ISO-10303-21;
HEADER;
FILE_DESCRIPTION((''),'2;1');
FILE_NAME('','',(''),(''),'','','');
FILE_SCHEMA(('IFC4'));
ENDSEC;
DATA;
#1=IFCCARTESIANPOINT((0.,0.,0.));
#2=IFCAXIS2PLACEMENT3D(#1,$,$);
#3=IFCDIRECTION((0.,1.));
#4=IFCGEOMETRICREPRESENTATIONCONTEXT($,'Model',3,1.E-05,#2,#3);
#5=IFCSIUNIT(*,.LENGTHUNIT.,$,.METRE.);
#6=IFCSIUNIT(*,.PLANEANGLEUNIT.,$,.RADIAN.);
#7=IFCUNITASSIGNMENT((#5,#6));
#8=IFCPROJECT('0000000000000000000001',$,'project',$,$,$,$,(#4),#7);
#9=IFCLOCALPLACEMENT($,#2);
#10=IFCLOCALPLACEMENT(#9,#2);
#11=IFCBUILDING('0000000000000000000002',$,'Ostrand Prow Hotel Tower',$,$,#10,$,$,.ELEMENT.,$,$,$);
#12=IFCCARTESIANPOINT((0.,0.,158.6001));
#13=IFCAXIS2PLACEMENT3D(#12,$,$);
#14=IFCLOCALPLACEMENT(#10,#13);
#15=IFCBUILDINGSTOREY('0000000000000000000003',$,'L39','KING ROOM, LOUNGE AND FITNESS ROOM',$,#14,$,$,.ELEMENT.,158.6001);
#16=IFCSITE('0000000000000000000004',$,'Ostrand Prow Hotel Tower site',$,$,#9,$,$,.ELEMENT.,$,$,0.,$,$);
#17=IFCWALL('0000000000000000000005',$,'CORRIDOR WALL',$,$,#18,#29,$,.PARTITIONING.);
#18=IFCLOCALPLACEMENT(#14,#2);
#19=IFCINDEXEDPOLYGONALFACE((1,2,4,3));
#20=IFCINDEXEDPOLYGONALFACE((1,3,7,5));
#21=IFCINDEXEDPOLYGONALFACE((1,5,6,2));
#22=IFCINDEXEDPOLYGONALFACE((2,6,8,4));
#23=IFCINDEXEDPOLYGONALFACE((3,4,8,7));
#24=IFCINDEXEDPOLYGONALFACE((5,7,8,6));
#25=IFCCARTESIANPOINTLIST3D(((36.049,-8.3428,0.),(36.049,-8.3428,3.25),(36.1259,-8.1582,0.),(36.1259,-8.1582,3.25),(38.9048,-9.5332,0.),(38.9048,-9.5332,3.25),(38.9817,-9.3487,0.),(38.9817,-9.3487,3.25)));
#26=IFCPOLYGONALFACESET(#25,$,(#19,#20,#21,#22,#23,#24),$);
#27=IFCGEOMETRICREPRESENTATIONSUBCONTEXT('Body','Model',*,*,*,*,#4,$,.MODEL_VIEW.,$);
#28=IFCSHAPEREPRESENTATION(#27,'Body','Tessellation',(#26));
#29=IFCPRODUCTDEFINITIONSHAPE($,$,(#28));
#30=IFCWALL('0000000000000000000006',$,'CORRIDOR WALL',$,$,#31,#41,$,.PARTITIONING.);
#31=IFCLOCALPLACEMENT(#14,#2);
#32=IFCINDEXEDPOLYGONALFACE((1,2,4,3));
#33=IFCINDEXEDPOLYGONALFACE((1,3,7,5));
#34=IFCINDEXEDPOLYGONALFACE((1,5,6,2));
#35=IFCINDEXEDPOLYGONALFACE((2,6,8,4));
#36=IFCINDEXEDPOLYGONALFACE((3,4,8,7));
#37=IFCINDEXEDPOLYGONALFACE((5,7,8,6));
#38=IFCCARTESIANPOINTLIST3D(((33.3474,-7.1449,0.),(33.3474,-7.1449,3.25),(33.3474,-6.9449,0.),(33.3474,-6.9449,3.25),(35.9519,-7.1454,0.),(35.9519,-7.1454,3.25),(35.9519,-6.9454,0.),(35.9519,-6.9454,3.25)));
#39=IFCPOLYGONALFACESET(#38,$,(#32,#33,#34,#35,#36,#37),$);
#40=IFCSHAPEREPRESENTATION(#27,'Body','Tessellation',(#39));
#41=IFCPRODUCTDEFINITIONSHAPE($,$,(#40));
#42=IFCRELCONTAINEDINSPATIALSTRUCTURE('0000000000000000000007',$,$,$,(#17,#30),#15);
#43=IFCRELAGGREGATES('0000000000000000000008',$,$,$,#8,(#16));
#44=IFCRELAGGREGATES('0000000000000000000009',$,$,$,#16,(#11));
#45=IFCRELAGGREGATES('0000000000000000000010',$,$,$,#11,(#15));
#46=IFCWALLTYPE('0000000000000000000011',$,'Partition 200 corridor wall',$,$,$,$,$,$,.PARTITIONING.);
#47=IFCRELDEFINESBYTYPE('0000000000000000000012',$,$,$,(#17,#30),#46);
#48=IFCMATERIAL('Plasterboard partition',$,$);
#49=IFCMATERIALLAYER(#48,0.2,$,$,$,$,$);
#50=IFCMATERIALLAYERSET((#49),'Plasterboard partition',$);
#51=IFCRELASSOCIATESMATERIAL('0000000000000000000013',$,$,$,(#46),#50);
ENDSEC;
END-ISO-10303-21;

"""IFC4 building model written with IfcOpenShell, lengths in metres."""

from ifc_helpers import new_model, si_unit, direction, frame, frame_2d, origin, place, context, subcontext, project, spatial, rectangle, extrude, material, layer, layer_set, type_object, element, save


model = new_model("IFC4")

# Units and contexts
model_context = context("Model", 3, precision=1e-05, world=origin(), true_north=direction((0.0, 1.0)))
body_context = subcontext(model_context, "Body", "Model", "MODEL_VIEW")
ifc_project = project(units=[si_unit("LENGTHUNIT", "METRE"), si_unit("PLANEANGLEUNIT", "RADIAN")], contexts=[model_context])

# Site, building, storey
site_placement = place(None, origin())
site = spatial("IfcSite", under=ifc_project, at=site_placement, Name="Ostrand Prow Hotel Tower site", CompositionType="ELEMENT", RefElevation=0.0)
building_placement = place(site_placement, origin())
building = spatial("IfcBuilding", under=site, at=building_placement, Name="Ostrand Prow Hotel Tower", CompositionType="ELEMENT")
storey_placement = place(building_placement, frame((0.0, 0.0, 158.6001)))
storey = spatial("IfcBuildingStorey", under=building, at=storey_placement, Name="L39", Description="KING ROOM, LOUNGE AND FITNESS ROOM", CompositionType="ELEMENT", Elevation=158.6001)

# Shared definitions
ifc_material_1 = material(Name="Plasterboard partition")
ifc_layer_1 = layer(ifc_material_1, 0.2)
ifc_layer_set_1 = layer_set([ifc_layer_1], Name="Plasterboard partition")
wall_type_1 = type_object("IfcWallType", Name="Partition 200 corridor wall", PredefinedType="PARTITIONING", material=ifc_layer_set_1)

# Walls
wall_1_placement = place(storey_placement, frame((38.9431, -9.4409, 0.0), z_axis=(0.0, 0.0, 1.0), x_axis=(-0.923014, 0.384767, 0.0)))
element("IfcWall", 1, at=wall_1_placement, inside=storey, type_object=wall_type_1, Name="CORRIDOR WALL", PredefinedType="PARTITIONING", context=body_context, shape_type="SweptSolid", body=[
    extrude(rectangle(XDim=3.094, YDim=0.2, at=frame_2d((1.5469, 0.0))), origin(), (0.0, 0.0, 1.0), 3.25),
])
wall_2_placement = place(storey_placement, frame((35.9519, -7.0454, 0.0), z_axis=(0.0, 0.0, 1.0), x_axis=(-1.0, 0.000187, 0.0)))
element("IfcWall", 2, at=wall_2_placement, inside=storey, type_object=wall_type_1, Name="CORRIDOR WALL", PredefinedType="PARTITIONING", context=body_context, shape_type="SweptSolid", body=[
    extrude(rectangle(XDim=2.6045, YDim=0.2, at=frame_2d((1.3022, 0.0))), origin(), (0.0, 0.0, 1.0), 3.25),
])

save(model, "model.ifc")
